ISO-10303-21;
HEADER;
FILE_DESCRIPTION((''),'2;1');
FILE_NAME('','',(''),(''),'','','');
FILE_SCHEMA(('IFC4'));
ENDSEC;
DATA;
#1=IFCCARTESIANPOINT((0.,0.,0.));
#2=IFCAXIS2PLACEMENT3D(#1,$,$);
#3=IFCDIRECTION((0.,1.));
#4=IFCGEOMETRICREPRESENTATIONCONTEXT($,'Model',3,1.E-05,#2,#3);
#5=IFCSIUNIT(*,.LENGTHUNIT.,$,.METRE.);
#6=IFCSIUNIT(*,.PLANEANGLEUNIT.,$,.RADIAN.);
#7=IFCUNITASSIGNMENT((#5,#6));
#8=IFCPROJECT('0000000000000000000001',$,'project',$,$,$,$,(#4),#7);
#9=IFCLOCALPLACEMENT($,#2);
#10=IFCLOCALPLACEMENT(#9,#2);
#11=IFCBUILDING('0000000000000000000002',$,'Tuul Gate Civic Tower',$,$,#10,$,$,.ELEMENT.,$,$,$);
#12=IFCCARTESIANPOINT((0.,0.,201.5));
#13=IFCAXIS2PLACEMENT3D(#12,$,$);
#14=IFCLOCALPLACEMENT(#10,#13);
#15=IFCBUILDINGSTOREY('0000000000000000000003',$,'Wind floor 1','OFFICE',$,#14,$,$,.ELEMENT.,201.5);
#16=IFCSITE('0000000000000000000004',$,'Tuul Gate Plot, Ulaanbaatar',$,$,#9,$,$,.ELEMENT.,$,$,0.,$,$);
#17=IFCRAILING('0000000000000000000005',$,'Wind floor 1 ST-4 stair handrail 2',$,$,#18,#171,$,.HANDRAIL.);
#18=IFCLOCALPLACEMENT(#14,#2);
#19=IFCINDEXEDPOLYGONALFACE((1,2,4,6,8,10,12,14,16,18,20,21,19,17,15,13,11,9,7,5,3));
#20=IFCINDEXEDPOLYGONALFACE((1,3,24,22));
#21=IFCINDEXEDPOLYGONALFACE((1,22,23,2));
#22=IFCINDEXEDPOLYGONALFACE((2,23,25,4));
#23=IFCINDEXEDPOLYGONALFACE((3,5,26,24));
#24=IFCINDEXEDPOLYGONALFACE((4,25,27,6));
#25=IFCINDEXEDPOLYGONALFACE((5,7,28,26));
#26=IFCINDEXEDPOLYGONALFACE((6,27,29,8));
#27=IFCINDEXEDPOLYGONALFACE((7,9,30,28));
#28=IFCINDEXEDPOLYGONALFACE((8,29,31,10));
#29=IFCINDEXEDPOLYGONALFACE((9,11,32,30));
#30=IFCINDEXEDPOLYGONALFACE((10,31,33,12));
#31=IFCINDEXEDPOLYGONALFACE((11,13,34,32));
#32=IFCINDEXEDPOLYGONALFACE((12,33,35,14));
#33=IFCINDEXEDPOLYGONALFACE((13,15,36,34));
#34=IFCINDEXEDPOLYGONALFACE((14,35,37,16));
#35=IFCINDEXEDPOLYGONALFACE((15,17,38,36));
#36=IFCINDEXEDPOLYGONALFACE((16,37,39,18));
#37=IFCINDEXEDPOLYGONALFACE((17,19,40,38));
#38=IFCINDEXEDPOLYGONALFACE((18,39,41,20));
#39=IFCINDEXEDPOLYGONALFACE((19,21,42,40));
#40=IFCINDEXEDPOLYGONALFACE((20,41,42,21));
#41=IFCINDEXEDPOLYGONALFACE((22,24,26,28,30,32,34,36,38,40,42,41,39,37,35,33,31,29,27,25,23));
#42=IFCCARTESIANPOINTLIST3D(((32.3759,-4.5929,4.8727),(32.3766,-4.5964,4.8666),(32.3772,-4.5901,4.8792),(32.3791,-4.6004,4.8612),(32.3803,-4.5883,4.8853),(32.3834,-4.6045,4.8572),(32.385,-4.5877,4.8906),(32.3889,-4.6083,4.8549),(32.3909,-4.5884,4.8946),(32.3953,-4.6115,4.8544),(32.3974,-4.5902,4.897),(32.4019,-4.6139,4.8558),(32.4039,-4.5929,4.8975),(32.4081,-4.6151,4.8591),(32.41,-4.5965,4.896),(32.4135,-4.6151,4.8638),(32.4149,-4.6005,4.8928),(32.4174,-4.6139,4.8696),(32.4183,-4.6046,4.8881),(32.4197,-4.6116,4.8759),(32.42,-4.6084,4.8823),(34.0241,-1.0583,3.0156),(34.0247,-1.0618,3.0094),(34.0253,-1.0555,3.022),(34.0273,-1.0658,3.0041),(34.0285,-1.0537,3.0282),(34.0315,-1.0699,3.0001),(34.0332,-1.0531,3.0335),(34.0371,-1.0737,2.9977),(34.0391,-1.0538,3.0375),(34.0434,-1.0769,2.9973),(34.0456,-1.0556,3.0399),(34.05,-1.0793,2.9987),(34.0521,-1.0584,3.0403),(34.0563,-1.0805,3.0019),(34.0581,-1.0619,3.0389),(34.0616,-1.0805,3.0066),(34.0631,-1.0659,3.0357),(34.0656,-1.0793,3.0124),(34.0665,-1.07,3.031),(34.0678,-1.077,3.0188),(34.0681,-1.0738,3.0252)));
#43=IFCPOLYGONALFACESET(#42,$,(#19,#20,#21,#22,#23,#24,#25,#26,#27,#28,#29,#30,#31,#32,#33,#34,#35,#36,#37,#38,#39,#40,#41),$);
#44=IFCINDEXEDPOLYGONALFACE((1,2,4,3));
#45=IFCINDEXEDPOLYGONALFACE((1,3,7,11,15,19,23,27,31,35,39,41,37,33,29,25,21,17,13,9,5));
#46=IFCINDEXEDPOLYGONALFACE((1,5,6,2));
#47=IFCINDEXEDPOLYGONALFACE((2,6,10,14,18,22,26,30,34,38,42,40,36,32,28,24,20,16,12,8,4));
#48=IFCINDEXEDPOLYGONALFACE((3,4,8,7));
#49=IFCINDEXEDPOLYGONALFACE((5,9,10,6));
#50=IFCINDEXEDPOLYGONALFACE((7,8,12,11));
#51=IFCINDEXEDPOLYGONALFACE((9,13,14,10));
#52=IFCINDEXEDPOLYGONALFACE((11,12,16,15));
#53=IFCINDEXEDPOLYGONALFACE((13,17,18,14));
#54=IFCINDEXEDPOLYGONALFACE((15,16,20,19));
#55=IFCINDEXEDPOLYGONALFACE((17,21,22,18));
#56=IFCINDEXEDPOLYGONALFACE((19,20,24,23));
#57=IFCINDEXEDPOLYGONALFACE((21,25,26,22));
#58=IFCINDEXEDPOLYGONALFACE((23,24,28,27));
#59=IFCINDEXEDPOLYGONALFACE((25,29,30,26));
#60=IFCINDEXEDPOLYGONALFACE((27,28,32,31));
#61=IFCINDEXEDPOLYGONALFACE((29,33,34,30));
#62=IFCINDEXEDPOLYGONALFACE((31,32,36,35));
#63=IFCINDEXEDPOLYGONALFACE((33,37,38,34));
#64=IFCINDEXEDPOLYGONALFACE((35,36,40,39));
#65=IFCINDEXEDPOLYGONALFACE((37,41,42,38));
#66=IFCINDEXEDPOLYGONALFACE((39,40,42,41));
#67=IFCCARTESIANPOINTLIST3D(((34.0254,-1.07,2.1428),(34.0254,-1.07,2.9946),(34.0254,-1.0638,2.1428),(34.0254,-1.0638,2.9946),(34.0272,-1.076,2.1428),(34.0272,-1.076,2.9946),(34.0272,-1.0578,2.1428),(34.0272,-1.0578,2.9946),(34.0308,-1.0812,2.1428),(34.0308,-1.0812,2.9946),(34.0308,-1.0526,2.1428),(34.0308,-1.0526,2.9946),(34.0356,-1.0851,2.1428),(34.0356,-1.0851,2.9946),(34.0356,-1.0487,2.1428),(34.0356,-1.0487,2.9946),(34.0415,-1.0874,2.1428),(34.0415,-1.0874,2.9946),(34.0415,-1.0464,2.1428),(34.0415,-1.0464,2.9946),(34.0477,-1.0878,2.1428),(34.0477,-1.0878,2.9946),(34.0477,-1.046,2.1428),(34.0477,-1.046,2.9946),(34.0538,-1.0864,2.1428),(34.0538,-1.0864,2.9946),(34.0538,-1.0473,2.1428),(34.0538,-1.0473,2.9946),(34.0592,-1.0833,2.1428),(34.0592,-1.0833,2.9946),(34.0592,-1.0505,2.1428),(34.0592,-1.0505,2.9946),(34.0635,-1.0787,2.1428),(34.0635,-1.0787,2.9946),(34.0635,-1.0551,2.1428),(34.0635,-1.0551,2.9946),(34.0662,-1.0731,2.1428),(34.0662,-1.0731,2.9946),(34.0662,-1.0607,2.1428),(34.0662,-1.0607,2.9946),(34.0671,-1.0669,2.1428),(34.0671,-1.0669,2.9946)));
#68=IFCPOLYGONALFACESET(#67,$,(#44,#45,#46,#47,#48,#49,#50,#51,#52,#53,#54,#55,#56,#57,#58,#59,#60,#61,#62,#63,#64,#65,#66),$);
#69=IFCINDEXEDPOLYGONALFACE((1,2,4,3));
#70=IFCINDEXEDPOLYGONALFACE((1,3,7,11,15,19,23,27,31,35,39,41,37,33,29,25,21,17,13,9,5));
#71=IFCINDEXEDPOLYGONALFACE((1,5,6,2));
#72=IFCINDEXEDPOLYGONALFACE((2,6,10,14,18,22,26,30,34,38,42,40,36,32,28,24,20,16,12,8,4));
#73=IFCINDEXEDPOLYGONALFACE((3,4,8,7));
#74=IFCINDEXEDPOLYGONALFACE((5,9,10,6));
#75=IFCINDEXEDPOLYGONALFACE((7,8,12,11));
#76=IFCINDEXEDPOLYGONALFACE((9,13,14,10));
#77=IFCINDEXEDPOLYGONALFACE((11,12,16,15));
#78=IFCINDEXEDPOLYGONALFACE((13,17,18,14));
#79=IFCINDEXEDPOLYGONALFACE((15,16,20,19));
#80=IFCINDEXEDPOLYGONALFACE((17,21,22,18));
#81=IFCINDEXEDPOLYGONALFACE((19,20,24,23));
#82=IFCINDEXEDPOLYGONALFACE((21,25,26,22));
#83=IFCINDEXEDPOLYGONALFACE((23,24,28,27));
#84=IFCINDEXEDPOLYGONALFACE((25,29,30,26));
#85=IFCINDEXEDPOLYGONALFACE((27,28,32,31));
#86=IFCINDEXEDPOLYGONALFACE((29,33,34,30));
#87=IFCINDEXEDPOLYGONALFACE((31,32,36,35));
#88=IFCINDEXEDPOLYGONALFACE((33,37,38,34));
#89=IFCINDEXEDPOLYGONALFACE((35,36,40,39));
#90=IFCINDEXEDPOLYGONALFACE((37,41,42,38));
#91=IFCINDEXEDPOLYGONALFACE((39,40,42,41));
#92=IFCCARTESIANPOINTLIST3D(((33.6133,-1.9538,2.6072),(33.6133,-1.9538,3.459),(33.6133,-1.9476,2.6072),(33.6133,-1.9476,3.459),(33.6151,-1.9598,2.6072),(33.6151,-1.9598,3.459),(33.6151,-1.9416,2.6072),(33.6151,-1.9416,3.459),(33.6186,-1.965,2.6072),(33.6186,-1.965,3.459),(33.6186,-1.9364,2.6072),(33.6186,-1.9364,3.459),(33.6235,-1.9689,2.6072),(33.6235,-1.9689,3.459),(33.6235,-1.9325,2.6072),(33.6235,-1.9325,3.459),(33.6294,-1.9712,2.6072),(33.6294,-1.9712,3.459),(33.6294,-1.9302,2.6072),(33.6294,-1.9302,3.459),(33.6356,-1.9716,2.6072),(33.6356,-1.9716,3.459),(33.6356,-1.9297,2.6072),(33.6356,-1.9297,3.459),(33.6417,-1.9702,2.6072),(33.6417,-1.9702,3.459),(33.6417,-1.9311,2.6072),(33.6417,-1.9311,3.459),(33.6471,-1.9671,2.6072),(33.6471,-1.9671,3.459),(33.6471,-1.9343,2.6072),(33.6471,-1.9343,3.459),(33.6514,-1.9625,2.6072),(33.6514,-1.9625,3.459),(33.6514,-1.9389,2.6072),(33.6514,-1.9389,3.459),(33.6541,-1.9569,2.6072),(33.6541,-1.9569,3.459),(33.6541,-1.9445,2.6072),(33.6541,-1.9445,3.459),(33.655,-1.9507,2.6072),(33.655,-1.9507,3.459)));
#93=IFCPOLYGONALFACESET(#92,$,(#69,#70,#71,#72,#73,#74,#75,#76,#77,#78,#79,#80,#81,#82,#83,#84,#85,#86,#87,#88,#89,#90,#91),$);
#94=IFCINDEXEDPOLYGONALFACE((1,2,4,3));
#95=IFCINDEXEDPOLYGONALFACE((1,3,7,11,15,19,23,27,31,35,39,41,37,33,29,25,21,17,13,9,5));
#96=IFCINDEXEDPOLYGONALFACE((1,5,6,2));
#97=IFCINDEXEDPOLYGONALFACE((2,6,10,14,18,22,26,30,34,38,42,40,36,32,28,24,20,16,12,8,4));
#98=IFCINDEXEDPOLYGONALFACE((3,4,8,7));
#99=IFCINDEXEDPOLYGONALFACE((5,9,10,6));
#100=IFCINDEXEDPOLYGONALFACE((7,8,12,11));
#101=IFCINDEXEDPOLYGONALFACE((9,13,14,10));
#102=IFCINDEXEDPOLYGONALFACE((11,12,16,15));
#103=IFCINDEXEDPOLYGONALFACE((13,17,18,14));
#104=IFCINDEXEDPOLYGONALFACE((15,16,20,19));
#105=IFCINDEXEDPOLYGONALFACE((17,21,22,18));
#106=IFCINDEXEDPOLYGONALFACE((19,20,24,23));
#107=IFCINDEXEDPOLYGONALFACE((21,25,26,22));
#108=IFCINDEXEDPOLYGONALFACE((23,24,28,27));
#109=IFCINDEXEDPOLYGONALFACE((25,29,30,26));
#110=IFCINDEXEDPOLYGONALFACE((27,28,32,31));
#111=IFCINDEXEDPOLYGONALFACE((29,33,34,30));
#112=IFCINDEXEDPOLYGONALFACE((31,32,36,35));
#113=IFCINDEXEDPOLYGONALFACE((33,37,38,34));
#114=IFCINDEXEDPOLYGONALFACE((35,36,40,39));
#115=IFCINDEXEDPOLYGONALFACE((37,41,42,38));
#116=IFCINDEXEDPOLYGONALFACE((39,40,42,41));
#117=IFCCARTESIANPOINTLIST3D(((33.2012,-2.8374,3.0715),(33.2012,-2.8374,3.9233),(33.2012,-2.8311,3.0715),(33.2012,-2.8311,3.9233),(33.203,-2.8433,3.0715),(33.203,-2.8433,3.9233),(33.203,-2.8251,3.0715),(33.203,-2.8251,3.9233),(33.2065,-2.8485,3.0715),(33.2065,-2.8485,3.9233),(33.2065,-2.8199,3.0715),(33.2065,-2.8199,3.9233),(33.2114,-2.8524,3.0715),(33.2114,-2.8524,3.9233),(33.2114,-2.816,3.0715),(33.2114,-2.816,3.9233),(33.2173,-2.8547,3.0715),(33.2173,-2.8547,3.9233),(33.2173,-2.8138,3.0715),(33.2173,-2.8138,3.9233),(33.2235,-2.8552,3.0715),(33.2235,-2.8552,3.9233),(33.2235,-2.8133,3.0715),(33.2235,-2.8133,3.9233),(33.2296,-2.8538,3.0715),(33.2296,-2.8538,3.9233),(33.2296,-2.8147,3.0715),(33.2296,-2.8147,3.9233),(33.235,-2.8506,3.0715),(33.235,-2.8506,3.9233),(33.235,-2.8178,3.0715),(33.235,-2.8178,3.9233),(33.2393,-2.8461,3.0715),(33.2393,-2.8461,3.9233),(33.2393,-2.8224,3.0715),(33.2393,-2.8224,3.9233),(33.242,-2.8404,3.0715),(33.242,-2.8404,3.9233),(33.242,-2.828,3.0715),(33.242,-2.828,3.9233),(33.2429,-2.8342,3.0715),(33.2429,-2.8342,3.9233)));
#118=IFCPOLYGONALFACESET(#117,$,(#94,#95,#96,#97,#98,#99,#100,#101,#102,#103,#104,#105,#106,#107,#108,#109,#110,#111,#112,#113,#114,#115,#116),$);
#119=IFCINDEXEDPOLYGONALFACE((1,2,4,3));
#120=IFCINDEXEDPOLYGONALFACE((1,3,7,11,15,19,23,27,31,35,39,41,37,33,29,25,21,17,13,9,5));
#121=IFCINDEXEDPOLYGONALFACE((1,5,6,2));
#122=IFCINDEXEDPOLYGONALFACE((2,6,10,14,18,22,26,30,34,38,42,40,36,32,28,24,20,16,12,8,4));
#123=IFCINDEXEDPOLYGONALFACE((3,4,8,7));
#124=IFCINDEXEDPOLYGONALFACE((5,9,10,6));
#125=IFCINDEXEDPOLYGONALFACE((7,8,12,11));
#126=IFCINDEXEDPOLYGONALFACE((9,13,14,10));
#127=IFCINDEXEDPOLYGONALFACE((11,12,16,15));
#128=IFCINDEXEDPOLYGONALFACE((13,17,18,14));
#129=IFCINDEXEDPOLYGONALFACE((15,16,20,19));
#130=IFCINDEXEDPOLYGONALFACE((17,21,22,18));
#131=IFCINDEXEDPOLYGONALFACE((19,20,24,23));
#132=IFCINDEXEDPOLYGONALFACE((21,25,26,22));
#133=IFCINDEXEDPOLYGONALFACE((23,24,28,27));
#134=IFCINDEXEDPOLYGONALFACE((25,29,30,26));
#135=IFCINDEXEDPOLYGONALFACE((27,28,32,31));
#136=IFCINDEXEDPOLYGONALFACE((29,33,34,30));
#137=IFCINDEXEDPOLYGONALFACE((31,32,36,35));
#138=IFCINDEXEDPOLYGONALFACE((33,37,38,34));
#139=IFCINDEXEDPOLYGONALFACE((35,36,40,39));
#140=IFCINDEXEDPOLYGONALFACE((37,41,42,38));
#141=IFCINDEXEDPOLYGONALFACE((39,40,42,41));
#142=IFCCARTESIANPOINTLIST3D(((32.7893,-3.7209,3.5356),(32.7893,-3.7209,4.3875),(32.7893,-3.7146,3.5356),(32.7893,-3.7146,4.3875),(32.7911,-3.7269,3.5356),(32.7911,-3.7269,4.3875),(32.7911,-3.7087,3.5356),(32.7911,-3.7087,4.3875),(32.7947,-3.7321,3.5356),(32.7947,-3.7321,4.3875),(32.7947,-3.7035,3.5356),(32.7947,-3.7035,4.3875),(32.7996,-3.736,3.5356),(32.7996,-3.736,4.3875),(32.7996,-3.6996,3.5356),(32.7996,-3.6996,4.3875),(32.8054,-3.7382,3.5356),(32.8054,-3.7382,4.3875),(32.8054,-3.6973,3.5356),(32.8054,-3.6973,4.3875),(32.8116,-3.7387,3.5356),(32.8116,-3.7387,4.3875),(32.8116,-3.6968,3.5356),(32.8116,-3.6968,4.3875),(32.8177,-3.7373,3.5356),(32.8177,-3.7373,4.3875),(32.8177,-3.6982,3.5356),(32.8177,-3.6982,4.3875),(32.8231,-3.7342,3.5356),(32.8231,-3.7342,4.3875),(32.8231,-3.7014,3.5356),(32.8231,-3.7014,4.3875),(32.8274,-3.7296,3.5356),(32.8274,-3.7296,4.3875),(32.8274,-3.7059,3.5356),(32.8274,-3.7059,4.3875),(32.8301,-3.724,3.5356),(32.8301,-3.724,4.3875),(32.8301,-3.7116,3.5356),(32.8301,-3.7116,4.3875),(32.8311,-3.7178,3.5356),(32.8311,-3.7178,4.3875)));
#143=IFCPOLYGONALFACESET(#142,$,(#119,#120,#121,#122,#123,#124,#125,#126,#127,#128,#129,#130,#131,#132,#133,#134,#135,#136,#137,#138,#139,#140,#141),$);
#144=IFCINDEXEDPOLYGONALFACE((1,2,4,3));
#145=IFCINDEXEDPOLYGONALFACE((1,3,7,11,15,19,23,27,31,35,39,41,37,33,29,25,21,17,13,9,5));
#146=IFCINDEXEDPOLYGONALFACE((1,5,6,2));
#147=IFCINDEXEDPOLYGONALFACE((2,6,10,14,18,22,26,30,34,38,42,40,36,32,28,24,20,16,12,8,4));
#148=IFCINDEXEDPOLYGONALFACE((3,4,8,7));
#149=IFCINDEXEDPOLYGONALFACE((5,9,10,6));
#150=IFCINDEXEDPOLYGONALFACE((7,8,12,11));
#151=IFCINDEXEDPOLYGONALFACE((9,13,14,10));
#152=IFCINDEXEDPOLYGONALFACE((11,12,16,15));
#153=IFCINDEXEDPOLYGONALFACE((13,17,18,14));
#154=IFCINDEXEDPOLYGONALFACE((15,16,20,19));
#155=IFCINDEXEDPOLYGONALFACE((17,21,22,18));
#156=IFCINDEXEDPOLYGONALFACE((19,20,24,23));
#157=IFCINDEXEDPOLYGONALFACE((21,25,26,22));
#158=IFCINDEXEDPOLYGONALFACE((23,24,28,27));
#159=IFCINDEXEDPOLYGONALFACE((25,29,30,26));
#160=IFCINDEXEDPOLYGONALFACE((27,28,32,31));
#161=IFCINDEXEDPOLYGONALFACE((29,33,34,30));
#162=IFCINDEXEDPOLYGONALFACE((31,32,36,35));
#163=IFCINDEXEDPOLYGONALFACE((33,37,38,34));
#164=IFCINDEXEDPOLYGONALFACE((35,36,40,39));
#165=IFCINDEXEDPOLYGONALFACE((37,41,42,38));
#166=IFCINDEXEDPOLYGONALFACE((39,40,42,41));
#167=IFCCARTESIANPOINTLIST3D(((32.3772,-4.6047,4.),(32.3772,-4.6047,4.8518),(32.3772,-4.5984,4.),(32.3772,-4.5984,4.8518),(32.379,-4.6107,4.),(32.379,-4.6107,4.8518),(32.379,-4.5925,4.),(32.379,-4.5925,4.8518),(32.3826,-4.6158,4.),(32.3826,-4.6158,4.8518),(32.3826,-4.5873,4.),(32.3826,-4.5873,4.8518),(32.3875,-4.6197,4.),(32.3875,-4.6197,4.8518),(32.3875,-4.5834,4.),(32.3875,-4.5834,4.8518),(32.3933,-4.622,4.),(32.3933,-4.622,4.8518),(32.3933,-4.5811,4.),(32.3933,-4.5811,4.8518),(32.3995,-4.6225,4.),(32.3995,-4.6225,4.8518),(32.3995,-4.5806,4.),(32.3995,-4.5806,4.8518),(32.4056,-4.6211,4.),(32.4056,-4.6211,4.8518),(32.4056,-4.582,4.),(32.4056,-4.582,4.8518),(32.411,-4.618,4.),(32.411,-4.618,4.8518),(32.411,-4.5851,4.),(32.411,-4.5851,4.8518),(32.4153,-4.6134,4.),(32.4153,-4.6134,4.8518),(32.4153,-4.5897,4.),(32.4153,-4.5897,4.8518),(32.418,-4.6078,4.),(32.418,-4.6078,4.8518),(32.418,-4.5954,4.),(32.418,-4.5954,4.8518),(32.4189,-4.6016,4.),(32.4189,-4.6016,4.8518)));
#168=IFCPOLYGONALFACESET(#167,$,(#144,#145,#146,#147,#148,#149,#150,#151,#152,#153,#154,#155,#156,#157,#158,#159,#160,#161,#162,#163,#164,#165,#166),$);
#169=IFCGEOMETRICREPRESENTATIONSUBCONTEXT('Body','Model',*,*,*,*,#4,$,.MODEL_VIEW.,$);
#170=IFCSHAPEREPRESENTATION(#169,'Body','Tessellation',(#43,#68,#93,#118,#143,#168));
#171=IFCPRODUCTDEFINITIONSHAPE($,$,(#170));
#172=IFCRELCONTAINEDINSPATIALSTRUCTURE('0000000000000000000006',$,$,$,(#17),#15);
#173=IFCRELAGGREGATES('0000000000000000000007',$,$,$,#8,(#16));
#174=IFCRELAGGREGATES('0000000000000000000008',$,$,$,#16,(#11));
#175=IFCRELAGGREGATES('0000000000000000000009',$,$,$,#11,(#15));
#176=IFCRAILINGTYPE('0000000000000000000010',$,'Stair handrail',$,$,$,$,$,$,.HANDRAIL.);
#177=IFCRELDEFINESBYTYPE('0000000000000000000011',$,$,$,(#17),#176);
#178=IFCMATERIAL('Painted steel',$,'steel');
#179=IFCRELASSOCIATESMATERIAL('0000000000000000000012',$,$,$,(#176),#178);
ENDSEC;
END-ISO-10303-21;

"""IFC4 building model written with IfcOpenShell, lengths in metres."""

from ifc_helpers import new_model, si_unit, direction, frame, origin, origin_2d, place, context, subcontext, project, spatial, circle, extrude, material, type_object, element, save


model = new_model("IFC4")

# Units and contexts
model_context = context("Model", 3, precision=1e-05, world=origin(), true_north=direction((0.0, 1.0)))
body_context = subcontext(model_context, "Body", "Model", "MODEL_VIEW")
ifc_project = project(units=[si_unit("LENGTHUNIT", "METRE"), si_unit("PLANEANGLEUNIT", "RADIAN")], contexts=[model_context])

# Site, building, storey
site_placement = place(None, origin())
site = spatial("IfcSite", under=ifc_project, at=site_placement, Name="Tuul Gate Plot, Ulaanbaatar", CompositionType="ELEMENT", RefElevation=0.0)
building_placement = place(site_placement, origin())
building = spatial("IfcBuilding", under=site, at=building_placement, Name="Tuul Gate Civic Tower", CompositionType="ELEMENT")
storey_placement = place(building_placement, frame((0.0, 0.0, 201.5)))
storey = spatial("IfcBuildingStorey", under=building, at=storey_placement, Name="Wind floor 1", Description="OFFICE", CompositionType="ELEMENT", Elevation=201.5)

# Railing
ifc_material_1 = material(Name="Painted steel", Category="steel")
railing_type_1 = type_object("IfcRailingType", Name="Stair handrail", PredefinedType="HANDRAIL", material=ifc_material_1)
railing_1_placement = place(storey_placement, frame((34.0461, -1.0669, 2.1428)))
element("IfcRailing", 1, at=railing_1_placement, inside=storey, type_object=railing_type_1, Name="Wind floor 1 ST-4 stair handrail 2", PredefinedType="HANDRAIL", context=body_context, shape_type="SweptSolid", body=[
    extrude(circle(Radius=0.0239, at=origin_2d()), frame((0.0, 0.0, 0.876), z_axis=(-0.381556, -0.818273, 0.429935), x_axis=(0.906313, -0.422608, 0.0)), (0.0, 0.0, 1.0), 4.3196),
    extrude(circle(Radius=0.021, at=origin_2d()), origin(), (0.0, 0.0, 1.0), 0.8518),
    extrude(circle(Radius=0.021, at=origin_2d()), frame((-0.4121, -0.8838, 0.4644)), (0.0, 0.0, 1.0), 0.8518),
    extrude(circle(Radius=0.021, at=origin_2d()), frame((-0.8242, -1.7673, 0.9287)), (0.0, 0.0, 1.0), 0.8518),
    extrude(circle(Radius=0.021, at=origin_2d()), frame((-1.2361, -2.6509, 1.3928)), (0.0, 0.0, 1.0), 0.8518),
    extrude(circle(Radius=0.021, at=origin_2d()), frame((-1.6482, -3.5347, 1.8572)), (0.0, 0.0, 1.0), 0.8518),
])

save(model, "model.ifc")
